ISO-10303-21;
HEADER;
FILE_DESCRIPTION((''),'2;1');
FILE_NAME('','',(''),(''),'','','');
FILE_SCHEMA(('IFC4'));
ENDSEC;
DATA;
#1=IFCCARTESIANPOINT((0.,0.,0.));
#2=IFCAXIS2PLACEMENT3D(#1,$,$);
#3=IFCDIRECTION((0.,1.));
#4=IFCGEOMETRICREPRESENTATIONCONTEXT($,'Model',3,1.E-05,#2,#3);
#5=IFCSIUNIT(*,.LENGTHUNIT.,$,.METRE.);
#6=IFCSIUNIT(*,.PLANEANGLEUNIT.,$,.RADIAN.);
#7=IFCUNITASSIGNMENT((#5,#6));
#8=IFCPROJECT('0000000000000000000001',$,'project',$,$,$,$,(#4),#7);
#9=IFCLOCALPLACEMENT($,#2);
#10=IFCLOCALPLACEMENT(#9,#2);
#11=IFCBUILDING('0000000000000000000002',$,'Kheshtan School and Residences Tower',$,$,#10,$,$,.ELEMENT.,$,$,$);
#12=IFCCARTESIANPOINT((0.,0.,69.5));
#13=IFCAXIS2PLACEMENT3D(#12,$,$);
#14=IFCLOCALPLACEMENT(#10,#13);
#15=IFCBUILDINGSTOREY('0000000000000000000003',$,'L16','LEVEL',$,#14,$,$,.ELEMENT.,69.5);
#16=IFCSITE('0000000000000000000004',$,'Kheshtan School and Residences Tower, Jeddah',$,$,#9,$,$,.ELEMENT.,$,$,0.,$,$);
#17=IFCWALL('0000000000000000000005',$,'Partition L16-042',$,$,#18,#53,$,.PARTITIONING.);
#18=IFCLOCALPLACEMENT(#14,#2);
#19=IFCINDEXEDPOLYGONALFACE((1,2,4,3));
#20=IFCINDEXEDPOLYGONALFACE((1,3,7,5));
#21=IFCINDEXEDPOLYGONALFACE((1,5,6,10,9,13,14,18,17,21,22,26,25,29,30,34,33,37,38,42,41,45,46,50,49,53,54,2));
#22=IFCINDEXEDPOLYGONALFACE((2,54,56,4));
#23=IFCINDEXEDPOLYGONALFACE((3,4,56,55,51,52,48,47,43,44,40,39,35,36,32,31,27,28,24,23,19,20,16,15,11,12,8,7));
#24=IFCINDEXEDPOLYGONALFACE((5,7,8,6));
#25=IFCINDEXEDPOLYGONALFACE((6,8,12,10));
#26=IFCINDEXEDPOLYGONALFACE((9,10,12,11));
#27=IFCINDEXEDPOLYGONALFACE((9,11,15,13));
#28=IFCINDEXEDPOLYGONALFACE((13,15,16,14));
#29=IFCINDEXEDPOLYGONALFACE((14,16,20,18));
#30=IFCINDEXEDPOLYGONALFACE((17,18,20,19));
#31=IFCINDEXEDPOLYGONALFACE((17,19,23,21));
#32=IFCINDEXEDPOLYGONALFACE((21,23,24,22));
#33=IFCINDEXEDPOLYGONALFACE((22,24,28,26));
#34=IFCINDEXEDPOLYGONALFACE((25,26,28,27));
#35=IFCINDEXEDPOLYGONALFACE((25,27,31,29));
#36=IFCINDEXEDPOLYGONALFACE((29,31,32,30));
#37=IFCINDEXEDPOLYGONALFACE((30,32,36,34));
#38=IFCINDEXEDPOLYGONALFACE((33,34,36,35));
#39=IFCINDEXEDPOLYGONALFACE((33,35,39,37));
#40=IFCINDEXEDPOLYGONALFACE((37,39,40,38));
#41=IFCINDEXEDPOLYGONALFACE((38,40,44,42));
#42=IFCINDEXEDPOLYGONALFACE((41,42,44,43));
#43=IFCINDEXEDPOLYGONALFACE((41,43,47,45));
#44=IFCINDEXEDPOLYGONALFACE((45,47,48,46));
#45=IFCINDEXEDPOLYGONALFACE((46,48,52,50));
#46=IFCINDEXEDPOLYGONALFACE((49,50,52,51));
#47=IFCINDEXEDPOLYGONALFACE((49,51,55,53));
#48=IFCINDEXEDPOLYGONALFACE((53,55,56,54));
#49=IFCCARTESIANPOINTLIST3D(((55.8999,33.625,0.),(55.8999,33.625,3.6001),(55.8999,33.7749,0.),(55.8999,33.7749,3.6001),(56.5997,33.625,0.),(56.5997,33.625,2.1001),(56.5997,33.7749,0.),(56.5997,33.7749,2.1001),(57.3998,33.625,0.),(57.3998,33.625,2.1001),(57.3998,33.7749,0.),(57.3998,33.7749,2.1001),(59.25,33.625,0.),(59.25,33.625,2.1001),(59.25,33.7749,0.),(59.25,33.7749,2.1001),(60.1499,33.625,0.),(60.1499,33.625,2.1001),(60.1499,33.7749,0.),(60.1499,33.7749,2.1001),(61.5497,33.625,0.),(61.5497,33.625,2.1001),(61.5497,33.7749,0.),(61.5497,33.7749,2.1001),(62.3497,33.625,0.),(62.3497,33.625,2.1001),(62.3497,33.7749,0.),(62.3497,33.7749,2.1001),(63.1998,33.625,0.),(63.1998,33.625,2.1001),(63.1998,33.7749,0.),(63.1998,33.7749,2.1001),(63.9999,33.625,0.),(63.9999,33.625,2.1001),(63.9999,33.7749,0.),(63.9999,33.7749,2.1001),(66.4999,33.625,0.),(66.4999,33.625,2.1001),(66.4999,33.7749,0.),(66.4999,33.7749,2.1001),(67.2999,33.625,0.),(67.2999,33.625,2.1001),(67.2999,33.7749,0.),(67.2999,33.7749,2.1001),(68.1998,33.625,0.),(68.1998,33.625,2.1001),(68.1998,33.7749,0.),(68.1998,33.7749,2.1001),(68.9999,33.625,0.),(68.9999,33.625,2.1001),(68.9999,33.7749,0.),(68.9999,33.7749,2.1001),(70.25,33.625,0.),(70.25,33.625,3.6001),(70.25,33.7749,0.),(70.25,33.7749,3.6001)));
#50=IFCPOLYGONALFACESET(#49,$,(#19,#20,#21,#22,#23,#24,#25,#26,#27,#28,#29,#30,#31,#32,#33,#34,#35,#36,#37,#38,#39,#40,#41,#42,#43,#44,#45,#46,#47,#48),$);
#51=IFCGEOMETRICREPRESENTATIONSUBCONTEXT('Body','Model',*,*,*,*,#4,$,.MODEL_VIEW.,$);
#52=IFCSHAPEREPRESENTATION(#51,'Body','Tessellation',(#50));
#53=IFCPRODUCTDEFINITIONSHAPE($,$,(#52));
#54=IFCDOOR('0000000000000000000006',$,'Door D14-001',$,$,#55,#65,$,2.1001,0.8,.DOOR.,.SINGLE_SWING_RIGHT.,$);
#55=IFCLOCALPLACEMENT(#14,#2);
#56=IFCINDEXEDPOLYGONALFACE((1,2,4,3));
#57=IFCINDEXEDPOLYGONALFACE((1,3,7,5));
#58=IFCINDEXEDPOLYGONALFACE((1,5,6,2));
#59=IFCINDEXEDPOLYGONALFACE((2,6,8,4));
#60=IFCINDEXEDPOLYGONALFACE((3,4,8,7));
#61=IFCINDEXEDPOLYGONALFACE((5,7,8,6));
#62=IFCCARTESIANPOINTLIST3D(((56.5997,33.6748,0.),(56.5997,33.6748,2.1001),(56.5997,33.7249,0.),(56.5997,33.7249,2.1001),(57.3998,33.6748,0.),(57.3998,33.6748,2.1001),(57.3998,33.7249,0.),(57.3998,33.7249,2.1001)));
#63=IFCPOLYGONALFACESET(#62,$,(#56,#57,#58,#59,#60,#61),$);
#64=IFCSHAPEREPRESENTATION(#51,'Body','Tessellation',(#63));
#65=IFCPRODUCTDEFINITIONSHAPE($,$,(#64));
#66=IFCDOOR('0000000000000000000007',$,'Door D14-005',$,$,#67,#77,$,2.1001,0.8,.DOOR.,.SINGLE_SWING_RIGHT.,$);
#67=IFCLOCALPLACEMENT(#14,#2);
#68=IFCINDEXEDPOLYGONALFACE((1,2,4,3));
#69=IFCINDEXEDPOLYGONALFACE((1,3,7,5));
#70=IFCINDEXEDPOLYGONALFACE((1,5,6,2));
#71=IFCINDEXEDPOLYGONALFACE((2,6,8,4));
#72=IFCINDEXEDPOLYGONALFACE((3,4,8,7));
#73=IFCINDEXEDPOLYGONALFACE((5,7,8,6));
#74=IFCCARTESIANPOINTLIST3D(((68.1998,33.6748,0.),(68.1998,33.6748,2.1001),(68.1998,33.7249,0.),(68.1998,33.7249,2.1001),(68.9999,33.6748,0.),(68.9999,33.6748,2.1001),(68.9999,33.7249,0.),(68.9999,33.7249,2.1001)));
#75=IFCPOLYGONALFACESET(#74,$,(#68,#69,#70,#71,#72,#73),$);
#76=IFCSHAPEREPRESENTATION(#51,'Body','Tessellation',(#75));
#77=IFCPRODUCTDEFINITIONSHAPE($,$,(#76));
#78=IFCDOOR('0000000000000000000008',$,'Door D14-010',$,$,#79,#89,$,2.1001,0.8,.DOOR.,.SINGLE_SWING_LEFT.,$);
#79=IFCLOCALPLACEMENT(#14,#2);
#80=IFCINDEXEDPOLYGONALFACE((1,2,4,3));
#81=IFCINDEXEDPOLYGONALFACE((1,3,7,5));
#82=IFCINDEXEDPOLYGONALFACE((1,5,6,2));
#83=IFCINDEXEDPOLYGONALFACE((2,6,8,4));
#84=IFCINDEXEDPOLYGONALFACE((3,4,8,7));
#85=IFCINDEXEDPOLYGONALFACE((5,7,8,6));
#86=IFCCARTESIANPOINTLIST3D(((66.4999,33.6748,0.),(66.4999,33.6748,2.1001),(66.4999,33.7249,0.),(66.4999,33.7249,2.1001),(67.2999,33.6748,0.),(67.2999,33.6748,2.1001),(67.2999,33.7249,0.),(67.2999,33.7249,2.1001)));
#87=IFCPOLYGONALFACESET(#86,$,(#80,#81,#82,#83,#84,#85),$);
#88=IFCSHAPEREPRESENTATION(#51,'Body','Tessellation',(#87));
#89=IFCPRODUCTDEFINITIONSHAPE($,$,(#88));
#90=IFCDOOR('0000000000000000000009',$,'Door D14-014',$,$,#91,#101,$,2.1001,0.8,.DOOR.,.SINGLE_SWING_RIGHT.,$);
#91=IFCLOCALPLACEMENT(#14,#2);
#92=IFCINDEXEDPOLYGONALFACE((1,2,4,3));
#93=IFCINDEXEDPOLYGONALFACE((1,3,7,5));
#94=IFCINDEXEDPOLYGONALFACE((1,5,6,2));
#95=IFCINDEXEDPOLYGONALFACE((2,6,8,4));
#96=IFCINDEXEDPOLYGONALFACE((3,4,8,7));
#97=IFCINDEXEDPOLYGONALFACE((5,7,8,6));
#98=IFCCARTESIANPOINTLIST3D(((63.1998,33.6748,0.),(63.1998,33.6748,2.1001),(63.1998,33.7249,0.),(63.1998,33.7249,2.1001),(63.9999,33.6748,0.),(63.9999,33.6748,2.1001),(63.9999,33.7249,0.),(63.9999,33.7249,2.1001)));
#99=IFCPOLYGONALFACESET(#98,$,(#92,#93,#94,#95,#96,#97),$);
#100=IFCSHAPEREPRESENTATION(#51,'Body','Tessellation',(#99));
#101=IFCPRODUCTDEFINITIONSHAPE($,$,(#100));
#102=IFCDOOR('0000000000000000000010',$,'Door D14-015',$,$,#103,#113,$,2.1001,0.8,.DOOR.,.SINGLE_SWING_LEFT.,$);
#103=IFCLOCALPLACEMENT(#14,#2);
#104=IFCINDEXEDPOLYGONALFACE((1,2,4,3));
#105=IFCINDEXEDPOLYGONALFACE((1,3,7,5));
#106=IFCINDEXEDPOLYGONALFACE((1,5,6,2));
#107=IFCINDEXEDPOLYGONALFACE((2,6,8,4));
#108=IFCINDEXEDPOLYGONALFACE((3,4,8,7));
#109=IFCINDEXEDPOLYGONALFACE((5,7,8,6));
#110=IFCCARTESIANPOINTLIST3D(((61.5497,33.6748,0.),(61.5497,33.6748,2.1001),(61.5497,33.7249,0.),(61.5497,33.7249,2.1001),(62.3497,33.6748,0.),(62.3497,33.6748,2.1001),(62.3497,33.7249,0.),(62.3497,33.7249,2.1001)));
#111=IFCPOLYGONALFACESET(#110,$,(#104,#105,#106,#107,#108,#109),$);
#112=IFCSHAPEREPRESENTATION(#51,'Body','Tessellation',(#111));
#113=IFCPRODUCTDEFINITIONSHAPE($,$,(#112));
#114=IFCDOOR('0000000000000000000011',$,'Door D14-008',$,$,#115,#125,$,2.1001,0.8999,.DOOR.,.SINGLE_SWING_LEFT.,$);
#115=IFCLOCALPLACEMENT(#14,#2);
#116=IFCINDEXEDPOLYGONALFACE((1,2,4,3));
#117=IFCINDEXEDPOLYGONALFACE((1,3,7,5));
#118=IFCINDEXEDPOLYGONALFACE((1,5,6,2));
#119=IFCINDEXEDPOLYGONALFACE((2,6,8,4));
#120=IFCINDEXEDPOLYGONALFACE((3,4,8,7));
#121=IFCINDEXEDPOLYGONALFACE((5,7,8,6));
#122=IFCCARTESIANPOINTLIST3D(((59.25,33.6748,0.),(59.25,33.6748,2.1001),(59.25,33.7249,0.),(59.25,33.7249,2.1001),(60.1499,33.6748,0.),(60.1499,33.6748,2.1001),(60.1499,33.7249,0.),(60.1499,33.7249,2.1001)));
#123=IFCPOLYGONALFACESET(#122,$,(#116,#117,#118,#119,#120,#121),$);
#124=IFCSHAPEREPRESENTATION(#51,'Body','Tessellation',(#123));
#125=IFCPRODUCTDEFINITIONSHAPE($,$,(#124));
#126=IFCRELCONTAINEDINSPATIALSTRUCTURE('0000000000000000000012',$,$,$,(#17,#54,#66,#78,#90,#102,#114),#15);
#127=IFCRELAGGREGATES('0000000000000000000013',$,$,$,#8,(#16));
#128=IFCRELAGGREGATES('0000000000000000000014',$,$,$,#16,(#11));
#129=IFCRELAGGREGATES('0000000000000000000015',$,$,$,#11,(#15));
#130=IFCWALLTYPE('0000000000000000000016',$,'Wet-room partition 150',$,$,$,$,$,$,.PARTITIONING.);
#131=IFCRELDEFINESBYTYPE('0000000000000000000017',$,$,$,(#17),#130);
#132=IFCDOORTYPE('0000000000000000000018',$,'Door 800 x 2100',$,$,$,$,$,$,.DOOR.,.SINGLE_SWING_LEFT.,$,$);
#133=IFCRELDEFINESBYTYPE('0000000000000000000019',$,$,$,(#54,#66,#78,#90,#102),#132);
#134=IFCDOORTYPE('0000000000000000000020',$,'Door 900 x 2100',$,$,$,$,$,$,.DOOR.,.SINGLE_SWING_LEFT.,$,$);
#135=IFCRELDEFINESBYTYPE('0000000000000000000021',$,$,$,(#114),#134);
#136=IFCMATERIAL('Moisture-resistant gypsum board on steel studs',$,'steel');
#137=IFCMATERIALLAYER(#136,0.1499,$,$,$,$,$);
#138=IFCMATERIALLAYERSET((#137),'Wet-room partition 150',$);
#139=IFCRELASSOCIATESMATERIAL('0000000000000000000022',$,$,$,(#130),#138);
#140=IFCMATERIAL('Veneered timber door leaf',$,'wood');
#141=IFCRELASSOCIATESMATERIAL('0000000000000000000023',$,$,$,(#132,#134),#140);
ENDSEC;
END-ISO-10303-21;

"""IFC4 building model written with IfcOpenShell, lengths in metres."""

from ifc_helpers import new_model, si_unit, direction, frame, frame_2d, origin, place, context, subcontext, project, spatial, rectangle, extrude, source, transform, mapped, material, layer, layer_set, type_object, element, fill, save


model = new_model("IFC4")

# Units and contexts
model_context = context("Model", 3, precision=1e-05, world=origin(), true_north=direction((0.0, 1.0)))
body_context = subcontext(model_context, "Body", "Model", "MODEL_VIEW")
ifc_project = project(units=[si_unit("LENGTHUNIT", "METRE"), si_unit("PLANEANGLEUNIT", "RADIAN")], contexts=[model_context])

# Site, building, storey
site_placement = place(None, origin())
site = spatial("IfcSite", under=ifc_project, at=site_placement, Name="Kheshtan School and Residences Tower, Jeddah", CompositionType="ELEMENT", RefElevation=0.0)
building_placement = place(site_placement, origin())
building = spatial("IfcBuilding", under=site, at=building_placement, Name="Kheshtan School and Residences Tower", CompositionType="ELEMENT")
storey_placement = place(building_placement, frame((0.0, 0.0, 69.5)))
storey = spatial("IfcBuildingStorey", under=building, at=storey_placement, Name="L16", Description="LEVEL", CompositionType="ELEMENT", Elevation=69.5)

# Wall, openings, doors
ifc_material_1 = material(Name="Moisture-resistant gypsum board on steel studs", Category="steel")
ifc_layer_1 = layer(ifc_material_1, 0.1499)
ifc_layer_set_1 = layer_set([ifc_layer_1], Name="Wet-room partition 150")
wall_type_1 = type_object("IfcWallType", Name="Wet-room partition 150", PredefinedType="PARTITIONING", material=ifc_layer_set_1)
wall_1_placement = place(storey_placement, frame((55.8999, 33.7, 0.0), z_axis=(0.0, 0.0, 1.0), x_axis=(1.0, 0.0, 0.0)))
wall_1 = element("IfcWall", 1, at=wall_1_placement, inside=storey, type_object=wall_type_1, Name="Partition L16-042", PredefinedType="PARTITIONING", context=body_context, shape_type="SweptSolid", body=[
    extrude(rectangle(XDim=14.3501, YDim=0.1499, at=frame_2d((7.175, 0.0))), origin(), (0.0, 0.0, 1.0), 3.6001),
])
opening_1_placement = place(wall_1_placement, frame((0.7, 0.0, 0.0)))
opening_1 = element("IfcOpeningElement", 2, at=opening_1_placement, cuts=wall_1, PredefinedType="OPENING", context=body_context, shape_type="SweptSolid", body=[
    extrude(rectangle(XDim=0.8, YDim=2.1001, at=frame_2d((0.3999, 1.05))), frame((0.0, 0.085, 0.0), z_axis=(0.0, -1.0, 0.0), x_axis=(1.0, 0.0, 0.0)), (0.0, 0.0, 1.0), 0.1699),
])
opening_2_placement = place(wall_1_placement, frame((12.3, 0.0, 0.0)))
opening_2 = element("IfcOpeningElement", 3, at=opening_2_placement, cuts=wall_1, PredefinedType="OPENING", context=body_context, shape_type="SweptSolid", body=[
    extrude(rectangle(XDim=0.8, YDim=2.1001, at=frame_2d((0.3999, 1.05))), frame((0.0, 0.085, 0.0), z_axis=(0.0, -1.0, 0.0), x_axis=(1.0, 0.0, 0.0)), (0.0, 0.0, 1.0), 0.1699),
])
opening_3_placement = place(wall_1_placement, frame((3.3501, 0.0, 0.0)))
opening_3 = element("IfcOpeningElement", 4, at=opening_3_placement, cuts=wall_1, PredefinedType="OPENING", context=body_context, shape_type="SweptSolid", body=[
    extrude(rectangle(XDim=0.8999, YDim=2.1001, at=frame_2d((0.45, 1.05))), frame((0.0, 0.085, 0.0), z_axis=(0.0, -1.0, 0.0), x_axis=(1.0, 0.0, 0.0)), (0.0, 0.0, 1.0), 0.1699),
])
opening_4_placement = place(wall_1_placement, frame((10.6001, 0.0, 0.0)))
opening_4 = element("IfcOpeningElement", 5, at=opening_4_placement, cuts=wall_1, PredefinedType="OPENING", context=body_context, shape_type="SweptSolid", body=[
    extrude(rectangle(XDim=0.8, YDim=2.1001, at=frame_2d((0.3999, 1.05))), frame((0.0, 0.085, 0.0), z_axis=(0.0, -1.0, 0.0), x_axis=(1.0, 0.0, 0.0)), (0.0, 0.0, 1.0), 0.1699),
])
opening_5_placement = place(wall_1_placement, frame((7.3, 0.0, 0.0)))
opening_5 = element("IfcOpeningElement", 6, at=opening_5_placement, cuts=wall_1, PredefinedType="OPENING", context=body_context, shape_type="SweptSolid", body=[
    extrude(rectangle(XDim=0.8, YDim=2.1001, at=frame_2d((0.3999, 1.05))), frame((0.0, 0.085, 0.0), z_axis=(0.0, -1.0, 0.0), x_axis=(1.0, 0.0, 0.0)), (0.0, 0.0, 1.0), 0.1699),
])
opening_6_placement = place(wall_1_placement, frame((5.6499, 0.0, 0.0)))
opening_6 = element("IfcOpeningElement", 7, at=opening_6_placement, cuts=wall_1, PredefinedType="OPENING", context=body_context, shape_type="SweptSolid", body=[
    extrude(rectangle(XDim=0.8, YDim=2.1001, at=frame_2d((0.3999, 1.05))), frame((0.0, 0.085, 0.0), z_axis=(0.0, -1.0, 0.0), x_axis=(1.0, 0.0, 0.0)), (0.0, 0.0, 1.0), 0.1699),
])
ifc_material_2 = material(Name="Veneered timber door leaf", Category="wood")
door_type_1 = type_object("IfcDoorType", Name="Door 800 x 2100", OperationType="SINGLE_SWING_LEFT", PredefinedType="DOOR", material=ifc_material_2)
shared_shape_1 = source(origin(), body_context, "Body", "SweptSolid", [
    extrude(rectangle(XDim=0.8, YDim=2.1001, at=frame_2d((0.3999, 1.05))), frame((0.0, 0.0249, 0.0), z_axis=(0.0, -1.0, 0.0), x_axis=(1.0, 0.0, 0.0)), (0.0, 0.0, 1.0), 0.05),
])
door_1_placement = place(opening_1_placement, origin())
door_1 = element("IfcDoor", 8, at=door_1_placement, inside=storey, type_object=door_type_1, Name="Door D14-001", OperationType="SINGLE_SWING_RIGHT", OverallHeight=2.1001, OverallWidth=0.8, PredefinedType="DOOR", context=body_context, shape_type="MappedRepresentation", body=[
    mapped(shared_shape_1, transform((0.0, 0.0, 0.0), x_axis=(1.0, 0.0, 0.0), y_axis=(0.0, 1.0, 0.0), z_axis=(0.0, 0.0, 1.0), scale=1.0)),
])
fill(opening_1, door_1)
door_2_placement = place(opening_2_placement, origin())
door_2 = element("IfcDoor", 9, at=door_2_placement, inside=storey, type_object=door_type_1, Name="Door D14-005", OperationType="SINGLE_SWING_RIGHT", OverallHeight=2.1001, OverallWidth=0.8, PredefinedType="DOOR", context=body_context, shape_type="MappedRepresentation", body=[
    mapped(shared_shape_1, transform((0.0, 0.0, 0.0), x_axis=(1.0, 0.0, 0.0), y_axis=(0.0, 1.0, 0.0), z_axis=(0.0, 0.0, 1.0), scale=1.0)),
])
fill(opening_2, door_2)
door_3_placement = place(opening_4_placement, origin())
door_3 = element("IfcDoor", 10, at=door_3_placement, inside=storey, type_object=door_type_1, Name="Door D14-010", OperationType="SINGLE_SWING_LEFT", OverallHeight=2.1001, OverallWidth=0.8, PredefinedType="DOOR", context=body_context, shape_type="MappedRepresentation", body=[
    mapped(shared_shape_1, transform((0.0, 0.0, 0.0), x_axis=(1.0, 0.0, 0.0), y_axis=(0.0, 1.0, 0.0), z_axis=(0.0, 0.0, 1.0), scale=1.0)),
])
fill(opening_4, door_3)
door_4_placement = place(opening_5_placement, origin())
door_4 = element("IfcDoor", 11, at=door_4_placement, inside=storey, type_object=door_type_1, Name="Door D14-014", OperationType="SINGLE_SWING_RIGHT", OverallHeight=2.1001, OverallWidth=0.8, PredefinedType="DOOR", context=body_context, shape_type="MappedRepresentation", body=[
    mapped(shared_shape_1, transform((0.0, 0.0, 0.0), x_axis=(1.0, 0.0, 0.0), y_axis=(0.0, 1.0, 0.0), z_axis=(0.0, 0.0, 1.0), scale=1.0)),
])
fill(opening_5, door_4)
door_5_placement = place(opening_6_placement, origin())
door_5 = element("IfcDoor", 12, at=door_5_placement, inside=storey, type_object=door_type_1, Name="Door D14-015", OperationType="SINGLE_SWING_LEFT", OverallHeight=2.1001, OverallWidth=0.8, PredefinedType="DOOR", context=body_context, shape_type="MappedRepresentation", body=[
    mapped(shared_shape_1, transform((0.0, 0.0, 0.0), x_axis=(1.0, 0.0, 0.0), y_axis=(0.0, 1.0, 0.0), z_axis=(0.0, 0.0, 1.0), scale=1.0)),
])
fill(opening_6, door_5)
door_type_2 = type_object("IfcDoorType", Name="Door 900 x 2100", OperationType="SINGLE_SWING_LEFT", PredefinedType="DOOR", material=ifc_material_2)
shared_shape_2 = source(origin(), body_context, "Body", "SweptSolid", [
    extrude(rectangle(XDim=0.8999, YDim=2.1001, at=frame_2d((0.45, 1.05))), frame((0.0, 0.0249, 0.0), z_axis=(0.0, -1.0, 0.0), x_axis=(1.0, 0.0, 0.0)), (0.0, 0.0, 1.0), 0.05),
])
door_6_placement = place(opening_3_placement, origin())
door_6 = element("IfcDoor", 13, at=door_6_placement, inside=storey, type_object=door_type_2, Name="Door D14-008", OperationType="SINGLE_SWING_LEFT", OverallHeight=2.1001, OverallWidth=0.8999, PredefinedType="DOOR", context=body_context, shape_type="MappedRepresentation", body=[
    mapped(shared_shape_2, transform((0.0, 0.0, 0.0), x_axis=(1.0, 0.0, 0.0), y_axis=(0.0, 1.0, 0.0), z_axis=(0.0, 0.0, 1.0), scale=1.0)),
])
fill(opening_3, door_6)

save(model, "model.ifc")
